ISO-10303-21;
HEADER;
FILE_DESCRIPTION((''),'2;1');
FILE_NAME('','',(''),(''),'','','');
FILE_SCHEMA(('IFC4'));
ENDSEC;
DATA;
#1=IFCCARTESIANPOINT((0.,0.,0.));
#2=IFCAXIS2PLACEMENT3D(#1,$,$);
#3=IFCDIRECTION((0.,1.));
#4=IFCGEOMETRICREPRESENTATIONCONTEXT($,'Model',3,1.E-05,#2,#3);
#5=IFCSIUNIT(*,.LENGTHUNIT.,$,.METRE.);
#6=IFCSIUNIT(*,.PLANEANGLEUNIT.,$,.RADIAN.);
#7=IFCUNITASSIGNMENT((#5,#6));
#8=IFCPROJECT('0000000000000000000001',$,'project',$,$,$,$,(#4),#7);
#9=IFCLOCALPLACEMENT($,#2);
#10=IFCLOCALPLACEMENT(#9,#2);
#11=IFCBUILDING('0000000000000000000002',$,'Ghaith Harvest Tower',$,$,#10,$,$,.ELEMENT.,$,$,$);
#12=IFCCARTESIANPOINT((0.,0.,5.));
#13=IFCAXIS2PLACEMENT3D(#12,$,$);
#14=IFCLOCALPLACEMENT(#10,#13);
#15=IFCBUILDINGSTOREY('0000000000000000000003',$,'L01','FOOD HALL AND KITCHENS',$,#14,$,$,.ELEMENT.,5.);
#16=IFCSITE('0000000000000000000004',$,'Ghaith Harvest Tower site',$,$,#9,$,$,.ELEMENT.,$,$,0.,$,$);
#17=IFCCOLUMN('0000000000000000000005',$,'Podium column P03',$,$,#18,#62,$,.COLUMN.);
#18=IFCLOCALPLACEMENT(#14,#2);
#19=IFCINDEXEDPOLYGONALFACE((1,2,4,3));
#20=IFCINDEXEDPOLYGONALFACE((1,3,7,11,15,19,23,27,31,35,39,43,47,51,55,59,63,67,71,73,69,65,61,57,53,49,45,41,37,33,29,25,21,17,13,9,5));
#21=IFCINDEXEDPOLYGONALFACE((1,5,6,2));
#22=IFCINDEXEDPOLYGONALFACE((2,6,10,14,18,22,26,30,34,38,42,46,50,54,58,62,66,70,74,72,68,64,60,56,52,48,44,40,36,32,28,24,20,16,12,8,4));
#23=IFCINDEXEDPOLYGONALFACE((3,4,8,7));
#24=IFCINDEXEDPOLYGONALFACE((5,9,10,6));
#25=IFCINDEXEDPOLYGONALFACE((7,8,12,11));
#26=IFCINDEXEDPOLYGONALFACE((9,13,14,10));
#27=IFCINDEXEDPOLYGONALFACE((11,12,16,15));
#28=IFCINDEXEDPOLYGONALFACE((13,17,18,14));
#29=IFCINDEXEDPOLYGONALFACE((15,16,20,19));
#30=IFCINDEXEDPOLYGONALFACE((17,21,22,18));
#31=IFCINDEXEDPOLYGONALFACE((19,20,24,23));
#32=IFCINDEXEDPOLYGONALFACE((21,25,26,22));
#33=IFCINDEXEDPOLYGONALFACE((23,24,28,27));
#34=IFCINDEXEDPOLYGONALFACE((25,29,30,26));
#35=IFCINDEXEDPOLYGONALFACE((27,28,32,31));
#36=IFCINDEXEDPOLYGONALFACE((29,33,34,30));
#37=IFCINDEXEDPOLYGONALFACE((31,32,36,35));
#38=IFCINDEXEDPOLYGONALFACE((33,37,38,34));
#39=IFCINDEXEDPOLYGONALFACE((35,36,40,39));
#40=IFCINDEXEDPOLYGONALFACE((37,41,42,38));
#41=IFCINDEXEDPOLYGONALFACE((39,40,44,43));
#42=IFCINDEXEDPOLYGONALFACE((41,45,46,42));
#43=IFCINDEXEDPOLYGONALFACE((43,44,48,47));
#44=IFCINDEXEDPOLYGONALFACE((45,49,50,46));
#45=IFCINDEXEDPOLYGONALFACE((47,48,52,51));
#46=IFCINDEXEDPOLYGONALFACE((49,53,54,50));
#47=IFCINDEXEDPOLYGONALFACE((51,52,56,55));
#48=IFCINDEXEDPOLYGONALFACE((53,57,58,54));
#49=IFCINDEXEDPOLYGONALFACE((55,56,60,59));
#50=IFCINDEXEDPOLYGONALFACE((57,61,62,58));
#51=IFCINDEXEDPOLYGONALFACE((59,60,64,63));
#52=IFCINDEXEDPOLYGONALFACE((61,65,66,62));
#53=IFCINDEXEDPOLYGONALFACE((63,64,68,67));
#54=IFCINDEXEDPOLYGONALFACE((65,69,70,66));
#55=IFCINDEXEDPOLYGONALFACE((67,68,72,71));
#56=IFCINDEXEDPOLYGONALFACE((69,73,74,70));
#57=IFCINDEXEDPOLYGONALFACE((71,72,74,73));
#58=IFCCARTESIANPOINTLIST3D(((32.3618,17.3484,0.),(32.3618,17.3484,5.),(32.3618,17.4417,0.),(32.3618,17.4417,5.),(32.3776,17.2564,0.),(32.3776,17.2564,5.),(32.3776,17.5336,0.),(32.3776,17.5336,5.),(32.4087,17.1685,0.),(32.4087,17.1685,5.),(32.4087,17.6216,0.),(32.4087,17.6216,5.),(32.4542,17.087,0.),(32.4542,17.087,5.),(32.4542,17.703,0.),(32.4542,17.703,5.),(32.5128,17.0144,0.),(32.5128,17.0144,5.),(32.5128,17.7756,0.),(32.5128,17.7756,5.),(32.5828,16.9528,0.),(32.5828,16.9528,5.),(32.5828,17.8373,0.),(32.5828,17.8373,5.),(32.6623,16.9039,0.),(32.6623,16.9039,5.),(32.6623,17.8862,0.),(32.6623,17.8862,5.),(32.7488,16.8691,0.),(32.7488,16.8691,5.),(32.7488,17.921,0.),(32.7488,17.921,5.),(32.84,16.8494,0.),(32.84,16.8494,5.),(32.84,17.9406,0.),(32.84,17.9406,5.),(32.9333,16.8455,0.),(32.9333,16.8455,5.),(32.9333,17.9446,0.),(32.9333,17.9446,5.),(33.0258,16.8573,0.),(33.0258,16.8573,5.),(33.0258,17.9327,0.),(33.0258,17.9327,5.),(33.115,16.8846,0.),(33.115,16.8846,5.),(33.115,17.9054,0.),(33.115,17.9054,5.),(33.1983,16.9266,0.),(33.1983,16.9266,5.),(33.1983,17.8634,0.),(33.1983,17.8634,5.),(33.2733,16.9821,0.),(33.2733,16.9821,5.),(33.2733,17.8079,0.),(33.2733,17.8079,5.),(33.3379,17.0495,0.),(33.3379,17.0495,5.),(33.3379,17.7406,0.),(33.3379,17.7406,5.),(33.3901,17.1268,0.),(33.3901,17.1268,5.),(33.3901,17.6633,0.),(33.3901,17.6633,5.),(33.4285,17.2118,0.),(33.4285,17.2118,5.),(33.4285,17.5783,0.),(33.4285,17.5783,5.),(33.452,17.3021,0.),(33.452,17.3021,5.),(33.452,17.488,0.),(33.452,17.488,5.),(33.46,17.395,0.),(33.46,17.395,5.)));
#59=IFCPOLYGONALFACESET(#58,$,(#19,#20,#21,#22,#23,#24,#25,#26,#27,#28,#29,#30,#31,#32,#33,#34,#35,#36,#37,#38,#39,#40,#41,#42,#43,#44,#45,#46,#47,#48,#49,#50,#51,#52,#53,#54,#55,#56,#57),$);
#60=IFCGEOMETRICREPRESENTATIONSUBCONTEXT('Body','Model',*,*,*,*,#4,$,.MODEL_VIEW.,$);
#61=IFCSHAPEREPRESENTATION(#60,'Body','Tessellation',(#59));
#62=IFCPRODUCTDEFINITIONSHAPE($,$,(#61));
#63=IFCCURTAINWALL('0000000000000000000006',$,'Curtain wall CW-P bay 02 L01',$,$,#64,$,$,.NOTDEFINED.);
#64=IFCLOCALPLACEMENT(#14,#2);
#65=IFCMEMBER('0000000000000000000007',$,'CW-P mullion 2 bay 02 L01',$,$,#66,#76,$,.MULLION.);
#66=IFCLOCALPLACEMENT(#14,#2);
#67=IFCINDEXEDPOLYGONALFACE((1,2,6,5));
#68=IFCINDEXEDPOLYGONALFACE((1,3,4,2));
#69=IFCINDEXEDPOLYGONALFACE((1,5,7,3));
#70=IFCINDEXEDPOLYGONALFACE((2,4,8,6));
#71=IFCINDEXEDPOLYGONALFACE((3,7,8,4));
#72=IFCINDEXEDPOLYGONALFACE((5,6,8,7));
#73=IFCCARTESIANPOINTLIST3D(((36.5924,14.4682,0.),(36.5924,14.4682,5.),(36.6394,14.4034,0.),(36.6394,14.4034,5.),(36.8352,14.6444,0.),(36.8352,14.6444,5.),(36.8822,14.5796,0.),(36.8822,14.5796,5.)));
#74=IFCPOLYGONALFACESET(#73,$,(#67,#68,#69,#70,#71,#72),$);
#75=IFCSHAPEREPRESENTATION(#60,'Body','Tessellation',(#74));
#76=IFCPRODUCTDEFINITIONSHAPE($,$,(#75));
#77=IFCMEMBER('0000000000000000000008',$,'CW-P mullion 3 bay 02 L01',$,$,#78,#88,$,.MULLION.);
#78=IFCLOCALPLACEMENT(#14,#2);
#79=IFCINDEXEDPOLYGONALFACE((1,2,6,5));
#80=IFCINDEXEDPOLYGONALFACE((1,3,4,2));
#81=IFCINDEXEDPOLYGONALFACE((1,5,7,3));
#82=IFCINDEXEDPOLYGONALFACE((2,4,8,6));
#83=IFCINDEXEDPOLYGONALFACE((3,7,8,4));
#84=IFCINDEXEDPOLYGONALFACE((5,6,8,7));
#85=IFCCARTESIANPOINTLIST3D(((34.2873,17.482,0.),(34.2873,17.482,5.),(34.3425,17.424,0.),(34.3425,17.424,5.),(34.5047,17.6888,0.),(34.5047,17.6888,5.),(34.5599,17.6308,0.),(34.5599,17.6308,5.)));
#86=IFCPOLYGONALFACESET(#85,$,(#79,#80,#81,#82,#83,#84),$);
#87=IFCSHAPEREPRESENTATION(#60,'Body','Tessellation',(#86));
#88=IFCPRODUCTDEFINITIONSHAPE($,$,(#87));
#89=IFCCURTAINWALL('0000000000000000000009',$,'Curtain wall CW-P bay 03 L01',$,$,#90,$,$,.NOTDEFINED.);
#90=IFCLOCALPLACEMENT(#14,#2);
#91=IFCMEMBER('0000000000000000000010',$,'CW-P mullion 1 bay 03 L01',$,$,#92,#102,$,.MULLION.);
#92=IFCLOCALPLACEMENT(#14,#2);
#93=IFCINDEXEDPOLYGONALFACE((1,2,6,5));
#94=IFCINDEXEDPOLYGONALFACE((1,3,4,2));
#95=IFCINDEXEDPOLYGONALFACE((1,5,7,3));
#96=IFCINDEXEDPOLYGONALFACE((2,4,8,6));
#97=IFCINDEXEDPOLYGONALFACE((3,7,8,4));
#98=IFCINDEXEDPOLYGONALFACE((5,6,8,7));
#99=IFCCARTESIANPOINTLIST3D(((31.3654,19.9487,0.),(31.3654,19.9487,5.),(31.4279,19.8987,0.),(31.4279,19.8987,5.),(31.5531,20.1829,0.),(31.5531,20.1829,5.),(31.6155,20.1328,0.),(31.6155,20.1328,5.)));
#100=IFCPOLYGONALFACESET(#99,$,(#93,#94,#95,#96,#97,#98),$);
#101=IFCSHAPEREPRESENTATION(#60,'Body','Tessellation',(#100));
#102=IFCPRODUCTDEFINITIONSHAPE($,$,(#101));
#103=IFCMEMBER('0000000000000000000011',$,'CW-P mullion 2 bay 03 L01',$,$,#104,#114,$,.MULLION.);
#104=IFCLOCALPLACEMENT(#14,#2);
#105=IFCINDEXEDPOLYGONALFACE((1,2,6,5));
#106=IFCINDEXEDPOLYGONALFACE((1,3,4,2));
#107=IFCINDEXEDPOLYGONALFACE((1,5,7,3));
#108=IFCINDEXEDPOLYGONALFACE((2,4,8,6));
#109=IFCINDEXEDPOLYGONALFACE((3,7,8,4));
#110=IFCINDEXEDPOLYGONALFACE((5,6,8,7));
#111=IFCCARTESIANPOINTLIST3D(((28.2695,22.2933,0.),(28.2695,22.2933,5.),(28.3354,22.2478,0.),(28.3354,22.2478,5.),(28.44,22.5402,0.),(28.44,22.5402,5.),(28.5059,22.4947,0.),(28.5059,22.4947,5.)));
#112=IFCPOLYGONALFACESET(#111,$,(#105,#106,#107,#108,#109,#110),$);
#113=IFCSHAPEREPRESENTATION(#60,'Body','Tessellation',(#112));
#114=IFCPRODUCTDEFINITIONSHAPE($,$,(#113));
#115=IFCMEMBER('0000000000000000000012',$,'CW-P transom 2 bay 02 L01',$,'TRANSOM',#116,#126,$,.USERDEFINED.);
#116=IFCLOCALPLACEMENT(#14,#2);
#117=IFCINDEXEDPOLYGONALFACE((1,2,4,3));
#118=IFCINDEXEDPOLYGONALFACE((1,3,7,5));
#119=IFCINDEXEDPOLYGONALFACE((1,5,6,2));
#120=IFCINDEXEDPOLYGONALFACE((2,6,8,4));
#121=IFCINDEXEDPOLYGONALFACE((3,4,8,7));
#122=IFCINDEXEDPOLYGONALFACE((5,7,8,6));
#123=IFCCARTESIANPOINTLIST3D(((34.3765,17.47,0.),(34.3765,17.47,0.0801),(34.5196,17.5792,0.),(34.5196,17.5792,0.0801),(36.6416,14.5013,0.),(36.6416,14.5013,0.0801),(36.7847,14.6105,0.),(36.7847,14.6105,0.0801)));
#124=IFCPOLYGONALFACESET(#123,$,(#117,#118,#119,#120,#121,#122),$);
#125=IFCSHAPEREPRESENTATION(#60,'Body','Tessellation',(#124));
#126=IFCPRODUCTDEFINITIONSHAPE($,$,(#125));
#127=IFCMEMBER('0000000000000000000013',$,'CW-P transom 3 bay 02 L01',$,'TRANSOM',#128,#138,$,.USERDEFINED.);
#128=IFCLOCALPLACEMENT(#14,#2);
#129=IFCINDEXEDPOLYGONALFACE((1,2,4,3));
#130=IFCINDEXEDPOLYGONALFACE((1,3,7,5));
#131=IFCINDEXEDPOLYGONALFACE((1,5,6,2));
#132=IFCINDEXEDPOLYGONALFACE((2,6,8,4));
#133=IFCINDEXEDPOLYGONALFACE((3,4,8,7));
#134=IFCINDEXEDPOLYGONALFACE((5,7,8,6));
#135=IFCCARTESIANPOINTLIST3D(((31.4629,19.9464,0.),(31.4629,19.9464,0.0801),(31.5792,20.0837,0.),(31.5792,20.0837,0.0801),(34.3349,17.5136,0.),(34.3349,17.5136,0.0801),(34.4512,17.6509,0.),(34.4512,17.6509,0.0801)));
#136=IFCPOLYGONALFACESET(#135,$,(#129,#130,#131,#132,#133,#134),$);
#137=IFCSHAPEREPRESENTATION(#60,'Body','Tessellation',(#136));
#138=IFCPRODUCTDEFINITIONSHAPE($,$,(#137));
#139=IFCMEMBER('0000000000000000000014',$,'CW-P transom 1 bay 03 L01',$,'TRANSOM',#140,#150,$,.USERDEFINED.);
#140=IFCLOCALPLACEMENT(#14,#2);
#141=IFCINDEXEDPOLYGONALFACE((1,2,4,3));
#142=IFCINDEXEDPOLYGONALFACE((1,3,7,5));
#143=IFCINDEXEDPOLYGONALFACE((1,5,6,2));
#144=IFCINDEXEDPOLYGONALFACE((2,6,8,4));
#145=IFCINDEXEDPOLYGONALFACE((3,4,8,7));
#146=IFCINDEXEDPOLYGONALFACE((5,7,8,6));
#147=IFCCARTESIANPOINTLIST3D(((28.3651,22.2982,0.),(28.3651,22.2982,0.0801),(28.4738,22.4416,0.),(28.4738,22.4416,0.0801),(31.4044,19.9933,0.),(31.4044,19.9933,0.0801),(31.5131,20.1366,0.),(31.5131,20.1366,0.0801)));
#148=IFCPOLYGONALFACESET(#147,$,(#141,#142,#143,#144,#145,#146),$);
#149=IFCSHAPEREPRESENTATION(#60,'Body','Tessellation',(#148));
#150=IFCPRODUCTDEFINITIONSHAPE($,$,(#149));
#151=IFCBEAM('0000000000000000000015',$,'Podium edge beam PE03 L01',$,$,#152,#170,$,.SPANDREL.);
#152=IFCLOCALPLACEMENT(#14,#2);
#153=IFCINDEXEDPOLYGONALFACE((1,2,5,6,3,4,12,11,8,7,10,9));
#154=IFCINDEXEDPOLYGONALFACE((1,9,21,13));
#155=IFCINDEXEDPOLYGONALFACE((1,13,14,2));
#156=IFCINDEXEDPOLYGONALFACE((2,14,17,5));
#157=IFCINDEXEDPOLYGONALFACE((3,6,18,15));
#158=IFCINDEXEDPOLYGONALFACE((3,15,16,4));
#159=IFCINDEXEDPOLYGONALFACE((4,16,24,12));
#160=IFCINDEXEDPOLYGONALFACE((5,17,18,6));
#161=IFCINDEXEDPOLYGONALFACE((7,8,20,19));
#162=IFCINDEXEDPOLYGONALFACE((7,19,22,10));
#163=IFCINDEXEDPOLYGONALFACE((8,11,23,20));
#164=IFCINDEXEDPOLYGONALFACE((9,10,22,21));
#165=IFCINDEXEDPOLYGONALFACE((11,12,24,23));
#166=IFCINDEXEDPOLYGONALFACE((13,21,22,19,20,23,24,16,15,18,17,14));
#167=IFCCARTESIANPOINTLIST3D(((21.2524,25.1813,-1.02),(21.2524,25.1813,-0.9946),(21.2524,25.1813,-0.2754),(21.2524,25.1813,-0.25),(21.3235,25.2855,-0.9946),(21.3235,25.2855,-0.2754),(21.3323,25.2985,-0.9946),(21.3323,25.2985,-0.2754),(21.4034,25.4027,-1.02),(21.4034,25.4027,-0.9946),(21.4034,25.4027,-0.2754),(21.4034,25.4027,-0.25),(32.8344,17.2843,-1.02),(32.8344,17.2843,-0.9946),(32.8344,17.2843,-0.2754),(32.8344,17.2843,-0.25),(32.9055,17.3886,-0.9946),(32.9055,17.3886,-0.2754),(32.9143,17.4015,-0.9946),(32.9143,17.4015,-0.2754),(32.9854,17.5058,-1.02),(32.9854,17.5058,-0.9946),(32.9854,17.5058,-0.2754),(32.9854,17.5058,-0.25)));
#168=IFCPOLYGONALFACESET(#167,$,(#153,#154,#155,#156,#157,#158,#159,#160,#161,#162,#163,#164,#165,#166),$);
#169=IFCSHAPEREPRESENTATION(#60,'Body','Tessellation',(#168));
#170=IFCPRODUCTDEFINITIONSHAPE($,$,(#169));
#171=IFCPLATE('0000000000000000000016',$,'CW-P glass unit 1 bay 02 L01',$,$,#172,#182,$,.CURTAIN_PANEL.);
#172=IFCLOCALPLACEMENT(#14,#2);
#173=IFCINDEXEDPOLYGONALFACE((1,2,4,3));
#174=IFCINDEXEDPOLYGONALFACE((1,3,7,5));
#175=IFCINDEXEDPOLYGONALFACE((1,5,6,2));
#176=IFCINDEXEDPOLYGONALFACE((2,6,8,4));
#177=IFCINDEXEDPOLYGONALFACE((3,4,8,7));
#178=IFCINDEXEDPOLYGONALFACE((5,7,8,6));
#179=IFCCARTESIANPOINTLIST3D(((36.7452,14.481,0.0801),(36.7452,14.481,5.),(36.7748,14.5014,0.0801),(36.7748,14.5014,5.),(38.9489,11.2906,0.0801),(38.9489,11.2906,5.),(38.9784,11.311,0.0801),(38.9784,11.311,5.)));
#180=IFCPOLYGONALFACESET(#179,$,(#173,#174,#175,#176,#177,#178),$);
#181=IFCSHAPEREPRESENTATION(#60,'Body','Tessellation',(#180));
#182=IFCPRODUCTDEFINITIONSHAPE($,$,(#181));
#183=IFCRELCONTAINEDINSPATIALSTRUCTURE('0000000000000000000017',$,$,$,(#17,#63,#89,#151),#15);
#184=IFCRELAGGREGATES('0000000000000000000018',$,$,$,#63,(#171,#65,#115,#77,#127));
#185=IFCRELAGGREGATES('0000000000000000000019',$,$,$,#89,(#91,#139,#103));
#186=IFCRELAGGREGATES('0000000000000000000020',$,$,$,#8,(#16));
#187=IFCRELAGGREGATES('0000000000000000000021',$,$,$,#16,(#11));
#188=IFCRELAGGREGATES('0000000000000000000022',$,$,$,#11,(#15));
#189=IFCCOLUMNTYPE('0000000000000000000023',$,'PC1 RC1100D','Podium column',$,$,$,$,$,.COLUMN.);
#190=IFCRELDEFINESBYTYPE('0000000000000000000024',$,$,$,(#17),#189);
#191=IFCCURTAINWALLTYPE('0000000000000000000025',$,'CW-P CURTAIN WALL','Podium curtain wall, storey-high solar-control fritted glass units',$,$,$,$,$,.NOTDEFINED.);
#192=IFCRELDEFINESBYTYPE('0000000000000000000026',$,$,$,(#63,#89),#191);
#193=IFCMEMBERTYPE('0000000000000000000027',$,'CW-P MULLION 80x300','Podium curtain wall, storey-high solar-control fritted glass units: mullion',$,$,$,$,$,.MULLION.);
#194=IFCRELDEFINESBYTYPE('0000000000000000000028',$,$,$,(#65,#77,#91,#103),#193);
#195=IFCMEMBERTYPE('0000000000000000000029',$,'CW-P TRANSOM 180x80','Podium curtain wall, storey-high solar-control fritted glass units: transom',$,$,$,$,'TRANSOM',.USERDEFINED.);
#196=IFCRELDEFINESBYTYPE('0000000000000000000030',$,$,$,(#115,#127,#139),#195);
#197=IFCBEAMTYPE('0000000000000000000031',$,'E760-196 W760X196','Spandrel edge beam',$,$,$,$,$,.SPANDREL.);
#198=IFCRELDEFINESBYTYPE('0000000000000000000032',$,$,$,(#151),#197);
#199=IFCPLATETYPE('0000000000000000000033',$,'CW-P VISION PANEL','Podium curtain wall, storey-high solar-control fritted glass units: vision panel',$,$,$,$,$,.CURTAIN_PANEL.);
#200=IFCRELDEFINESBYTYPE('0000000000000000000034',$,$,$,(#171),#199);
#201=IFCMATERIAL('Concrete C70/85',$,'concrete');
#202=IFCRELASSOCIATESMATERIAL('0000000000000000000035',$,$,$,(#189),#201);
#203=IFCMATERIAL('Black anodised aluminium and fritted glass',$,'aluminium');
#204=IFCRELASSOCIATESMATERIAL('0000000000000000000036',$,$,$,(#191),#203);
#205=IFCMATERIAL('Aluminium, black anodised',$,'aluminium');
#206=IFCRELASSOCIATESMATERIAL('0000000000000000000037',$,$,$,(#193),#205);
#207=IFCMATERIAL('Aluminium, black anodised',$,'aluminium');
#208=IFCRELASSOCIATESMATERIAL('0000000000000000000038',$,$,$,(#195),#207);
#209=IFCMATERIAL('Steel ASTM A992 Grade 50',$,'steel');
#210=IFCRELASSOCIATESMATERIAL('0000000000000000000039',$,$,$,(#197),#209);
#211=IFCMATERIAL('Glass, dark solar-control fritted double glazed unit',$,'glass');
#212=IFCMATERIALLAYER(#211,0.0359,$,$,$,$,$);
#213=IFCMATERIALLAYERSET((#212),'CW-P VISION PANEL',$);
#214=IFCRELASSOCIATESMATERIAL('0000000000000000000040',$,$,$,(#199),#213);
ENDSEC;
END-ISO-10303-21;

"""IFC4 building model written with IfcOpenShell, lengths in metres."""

from ifc_helpers import new_model, si_unit, direction, frame, origin, origin_2d, place, context, subcontext, project, spatial, rectangle, circle, i_section, extrude, material, layer, layer_set, material_profile, profile_set, type_object, element, aggregate, save


model = new_model("IFC4")

# Units and contexts
model_context = context("Model", 3, precision=1e-05, world=origin(), true_north=direction((0.0, 1.0)))
body_context = subcontext(model_context, "Body", "Model", "MODEL_VIEW")
ifc_project = project(units=[si_unit("LENGTHUNIT", "METRE"), si_unit("PLANEANGLEUNIT", "RADIAN")], contexts=[model_context])

# Site, building, storey
site_placement = place(None, origin())
site = spatial("IfcSite", under=ifc_project, at=site_placement, Name="Ghaith Harvest Tower site", CompositionType="ELEMENT", RefElevation=0.0)
building_placement = place(site_placement, origin())
building = spatial("IfcBuilding", under=site, at=building_placement, Name="Ghaith Harvest Tower", CompositionType="ELEMENT")
storey_placement = place(building_placement, frame((0.0, 0.0, 5.0)))
storey = spatial("IfcBuildingStorey", under=building, at=storey_placement, Name="L01", Description="FOOD HALL AND KITCHENS", CompositionType="ELEMENT", Elevation=5.0)

# Column
ifc_material_1 = material(Name="Concrete C70/85", Category="concrete")
ifc_material_profile_1 = material_profile(ifc_material_1, circle(Radius=0.55, at=origin_2d()), Name="RC1100D")
ifc_profile_set_1 = profile_set([ifc_material_profile_1], Name="Concrete C70/85")
column_type = type_object("IfcColumnType", Name="PC1 RC1100D", Description="Podium column", PredefinedType="COLUMN", material=ifc_profile_set_1)
column_placement = place(storey_placement, frame((32.9099, 17.395, 0.0), z_axis=(0.0, 0.0, 1.0), x_axis=(1.0, 0.0, 0.0)))
element("IfcColumn", 1, at=column_placement, inside=storey, type_object=column_type, Name="Podium column P03", PredefinedType="COLUMN", context=body_context, shape_type="SweptSolid", body=[
    extrude(circle(Radius=0.55, at=origin_2d()), origin(), (0.0, 0.0, 1.0), 5.0),
])

# Curtain walls, members
ifc_material_2 = material(Name="Black anodised aluminium and fritted glass", Category="aluminium")
curtain_wall_type = type_object("IfcCurtainWallType", Name="CW-P CURTAIN WALL", Description="Podium curtain wall, storey-high solar-control fritted glass units", PredefinedType="NOTDEFINED", material=ifc_material_2)
curtain_wall_1_placement = place(storey_placement, origin())
curtain_wall_1 = element("IfcCurtainWall", 2, at=curtain_wall_1_placement, inside=storey, type_object=curtain_wall_type, Name="Curtain wall CW-P bay 02 L01", PredefinedType="NOTDEFINED")
ifc_material_3 = material(Name="Aluminium, black anodised", Category="aluminium")
ifc_material_profile_2 = material_profile(ifc_material_3, rectangle(XDim=0.0801, YDim=0.3, at=origin_2d()), Name="CW-P MULLION 80x300")
ifc_profile_set_2 = profile_set([ifc_material_profile_2], Name="Aluminium, black anodised")
member_type_1 = type_object("IfcMemberType", Name="CW-P MULLION 80x300", Description="Podium curtain wall, storey-high solar-control fritted glass units: mullion", PredefinedType="MULLION", material=ifc_profile_set_2)
member_1_placement = place(storey_placement, frame((36.7373, 14.5239, 0.0), z_axis=(0.0, 0.0, 1.0), x_axis=(-0.587258, 0.8094, 0.0)))
member_1 = element("IfcMember", 3, at=member_1_placement, type_object=member_type_1, Name="CW-P mullion 2 bay 02 L01", PredefinedType="MULLION", context=body_context, shape_type="SweptSolid", body=[
    extrude(rectangle(XDim=0.0801, YDim=0.3, at=origin_2d()), origin(), (0.0, 0.0, 1.0), 5.0),
])
member_2_placement = place(storey_placement, frame((34.4236, 17.5564, 0.0), z_axis=(0.0, 0.0, 1.0), x_axis=(-0.689143, 0.724625, 0.0)))
member_2 = element("IfcMember", 4, at=member_2_placement, type_object=member_type_1, Name="CW-P mullion 3 bay 02 L01", PredefinedType="MULLION", context=body_context, shape_type="SweptSolid", body=[
    extrude(rectangle(XDim=0.0801, YDim=0.3, at=origin_2d()), origin(), (0.0, 0.0, 1.0), 5.0),
])
curtain_wall_2_placement = place(storey_placement, origin())
curtain_wall_2 = element("IfcCurtainWall", 5, at=curtain_wall_2_placement, inside=storey, type_object=curtain_wall_type, Name="Curtain wall CW-P bay 03 L01", PredefinedType="NOTDEFINED")
member_3_placement = place(storey_placement, frame((31.4905, 20.0408, 0.0), z_axis=(0.0, 0.0, 1.0), x_axis=(-0.780317, 0.625384, 0.0)))
member_3 = element("IfcMember", 6, at=member_3_placement, type_object=member_type_1, Name="CW-P mullion 1 bay 03 L01", PredefinedType="MULLION", context=body_context, shape_type="SweptSolid", body=[
    extrude(rectangle(XDim=0.0801, YDim=0.3, at=origin_2d()), origin(), (0.0, 0.0, 1.0), 5.0),
])
member_4_placement = place(storey_placement, frame((28.3877, 22.394, 0.0), z_axis=(0.0, 0.0, 1.0), x_axis=(-0.822845, 0.568267, 0.0)))
member_4 = element("IfcMember", 7, at=member_4_placement, type_object=member_type_1, Name="CW-P mullion 2 bay 03 L01", PredefinedType="MULLION", context=body_context, shape_type="SweptSolid", body=[
    extrude(rectangle(XDim=0.0801, YDim=0.3, at=origin_2d()), origin(), (0.0, 0.0, 1.0), 5.0),
])

# Members
ifc_material_4 = material(Name="Aluminium, black anodised", Category="aluminium")
ifc_material_profile_3 = material_profile(ifc_material_4, rectangle(XDim=0.1799, YDim=0.0801, at=origin_2d()), Name="CW-P TRANSOM 180x80")
ifc_profile_set_3 = profile_set([ifc_material_profile_3], Name="Aluminium, black anodised")
member_type_2 = type_object("IfcMemberType", Name="CW-P TRANSOM 180x80", Description="Podium curtain wall, storey-high solar-control fritted glass units: transom", ElementType="TRANSOM", PredefinedType="USERDEFINED", material=ifc_profile_set_3)
member_5_placement = place(storey_placement, frame((36.7131, 14.5559, 0.04), z_axis=(-0.606591, 0.795014, 0.0), x_axis=(-0.795014, -0.606591, 0.0)))
member_5 = element("IfcMember", 8, at=member_5_placement, type_object=member_type_2, Name="CW-P transom 2 bay 02 L01", ObjectType="TRANSOM", PredefinedType="USERDEFINED", context=body_context, shape_type="SweptSolid", body=[
    extrude(rectangle(XDim=0.1799, YDim=0.0801, at=origin_2d()), origin(), (0.0, 0.0, 1.0), 3.7341),
])
member_6_placement = place(storey_placement, frame((34.3931, 17.5823, 0.04), z_axis=(-0.763039, 0.646352, 0.0), x_axis=(-0.646352, -0.763039, 0.0)))
member_6 = element("IfcMember", 9, at=member_6_placement, type_object=member_type_2, Name="CW-P transom 3 bay 02 L01", ObjectType="TRANSOM", PredefinedType="USERDEFINED", context=body_context, shape_type="SweptSolid", body=[
    extrude(rectangle(XDim=0.1799, YDim=0.0801, at=origin_2d()), origin(), (0.0, 0.0, 1.0), 3.7639),
])
member_7_placement = place(storey_placement, frame((31.4587, 20.0649, 0.04), z_axis=(-0.796786, 0.604262, 0.0), x_axis=(-0.604262, -0.796786, 0.0)))
member_7 = element("IfcMember", 10, at=member_7_placement, type_object=member_type_2, Name="CW-P transom 1 bay 03 L01", ObjectType="TRANSOM", PredefinedType="USERDEFINED", context=body_context, shape_type="SweptSolid", body=[
    extrude(rectangle(XDim=0.1799, YDim=0.0801, at=origin_2d()), origin(), (0.0, 0.0, 1.0), 3.8145),
])

# Beam
ifc_material_5 = material(Name="Steel ASTM A992 Grade 50", Category="steel")
ifc_material_profile_4 = material_profile(ifc_material_5, i_section(OverallWidth=0.2681, OverallDepth=0.77, WebThickness=0.0156, FlangeThickness=0.0254, at=origin_2d()), Name="W760X196")
ifc_profile_set_4 = profile_set([ifc_material_profile_4], Name="Steel ASTM A992 Grade 50")
beam_type = type_object("IfcBeamType", Name="E760-196 W760X196", Description="Spandrel edge beam", PredefinedType="SPANDREL", material=ifc_profile_set_4)
beam_placement = place(storey_placement, frame((32.9099, 17.395, -0.635), z_axis=(-0.826223, 0.563343, 0.0), x_axis=(-0.563343, -0.826223, 0.0)))
element("IfcBeam", 11, at=beam_placement, inside=storey, type_object=beam_type, Name="Podium edge beam PE03 L01", PredefinedType="SPANDREL", context=body_context, shape_type="SweptSolid", body=[
    extrude(i_section(OverallWidth=0.2681, OverallDepth=0.77, WebThickness=0.0156, FlangeThickness=0.0254, at=origin_2d()), origin(), (0.0, 0.0, 1.0), 14.0181),
])

# Plate
ifc_material_6 = material(Name="Glass, dark solar-control fritted double glazed unit", Category="glass")
ifc_layer_1 = layer(ifc_material_6, 0.0359)
ifc_layer_set_1 = layer_set([ifc_layer_1], Name="CW-P VISION PANEL")
plate_type_1 = type_object("IfcPlateType", Name="CW-P VISION PANEL", Description="Podium curtain wall, storey-high solar-control fritted glass units: vision panel", PredefinedType="CURTAIN_PANEL", material=ifc_layer_set_1)
plate_1_placement = place(storey_placement, frame((37.8618, 12.896, 0.0801), z_axis=(0.0, 0.0, 1.0), x_axis=(-0.56832, 0.822808, 0.0)))
plate_1 = element("IfcPlate", 12, at=plate_1_placement, type_object=plate_type_1, Name="CW-P glass unit 1 bay 02 L01", PredefinedType="CURTAIN_PANEL", context=body_context, shape_type="SweptSolid", body=[
    extrude(rectangle(XDim=3.8774, YDim=0.0359, at=origin_2d()), origin(), (0.0, 0.0, 1.0), 4.9199),
])
aggregate(curtain_wall_1, [plate_1, member_1, member_5, member_2, member_6])
aggregate(curtain_wall_2, [member_3, member_7, member_4])

save(model, "model.ifc")
